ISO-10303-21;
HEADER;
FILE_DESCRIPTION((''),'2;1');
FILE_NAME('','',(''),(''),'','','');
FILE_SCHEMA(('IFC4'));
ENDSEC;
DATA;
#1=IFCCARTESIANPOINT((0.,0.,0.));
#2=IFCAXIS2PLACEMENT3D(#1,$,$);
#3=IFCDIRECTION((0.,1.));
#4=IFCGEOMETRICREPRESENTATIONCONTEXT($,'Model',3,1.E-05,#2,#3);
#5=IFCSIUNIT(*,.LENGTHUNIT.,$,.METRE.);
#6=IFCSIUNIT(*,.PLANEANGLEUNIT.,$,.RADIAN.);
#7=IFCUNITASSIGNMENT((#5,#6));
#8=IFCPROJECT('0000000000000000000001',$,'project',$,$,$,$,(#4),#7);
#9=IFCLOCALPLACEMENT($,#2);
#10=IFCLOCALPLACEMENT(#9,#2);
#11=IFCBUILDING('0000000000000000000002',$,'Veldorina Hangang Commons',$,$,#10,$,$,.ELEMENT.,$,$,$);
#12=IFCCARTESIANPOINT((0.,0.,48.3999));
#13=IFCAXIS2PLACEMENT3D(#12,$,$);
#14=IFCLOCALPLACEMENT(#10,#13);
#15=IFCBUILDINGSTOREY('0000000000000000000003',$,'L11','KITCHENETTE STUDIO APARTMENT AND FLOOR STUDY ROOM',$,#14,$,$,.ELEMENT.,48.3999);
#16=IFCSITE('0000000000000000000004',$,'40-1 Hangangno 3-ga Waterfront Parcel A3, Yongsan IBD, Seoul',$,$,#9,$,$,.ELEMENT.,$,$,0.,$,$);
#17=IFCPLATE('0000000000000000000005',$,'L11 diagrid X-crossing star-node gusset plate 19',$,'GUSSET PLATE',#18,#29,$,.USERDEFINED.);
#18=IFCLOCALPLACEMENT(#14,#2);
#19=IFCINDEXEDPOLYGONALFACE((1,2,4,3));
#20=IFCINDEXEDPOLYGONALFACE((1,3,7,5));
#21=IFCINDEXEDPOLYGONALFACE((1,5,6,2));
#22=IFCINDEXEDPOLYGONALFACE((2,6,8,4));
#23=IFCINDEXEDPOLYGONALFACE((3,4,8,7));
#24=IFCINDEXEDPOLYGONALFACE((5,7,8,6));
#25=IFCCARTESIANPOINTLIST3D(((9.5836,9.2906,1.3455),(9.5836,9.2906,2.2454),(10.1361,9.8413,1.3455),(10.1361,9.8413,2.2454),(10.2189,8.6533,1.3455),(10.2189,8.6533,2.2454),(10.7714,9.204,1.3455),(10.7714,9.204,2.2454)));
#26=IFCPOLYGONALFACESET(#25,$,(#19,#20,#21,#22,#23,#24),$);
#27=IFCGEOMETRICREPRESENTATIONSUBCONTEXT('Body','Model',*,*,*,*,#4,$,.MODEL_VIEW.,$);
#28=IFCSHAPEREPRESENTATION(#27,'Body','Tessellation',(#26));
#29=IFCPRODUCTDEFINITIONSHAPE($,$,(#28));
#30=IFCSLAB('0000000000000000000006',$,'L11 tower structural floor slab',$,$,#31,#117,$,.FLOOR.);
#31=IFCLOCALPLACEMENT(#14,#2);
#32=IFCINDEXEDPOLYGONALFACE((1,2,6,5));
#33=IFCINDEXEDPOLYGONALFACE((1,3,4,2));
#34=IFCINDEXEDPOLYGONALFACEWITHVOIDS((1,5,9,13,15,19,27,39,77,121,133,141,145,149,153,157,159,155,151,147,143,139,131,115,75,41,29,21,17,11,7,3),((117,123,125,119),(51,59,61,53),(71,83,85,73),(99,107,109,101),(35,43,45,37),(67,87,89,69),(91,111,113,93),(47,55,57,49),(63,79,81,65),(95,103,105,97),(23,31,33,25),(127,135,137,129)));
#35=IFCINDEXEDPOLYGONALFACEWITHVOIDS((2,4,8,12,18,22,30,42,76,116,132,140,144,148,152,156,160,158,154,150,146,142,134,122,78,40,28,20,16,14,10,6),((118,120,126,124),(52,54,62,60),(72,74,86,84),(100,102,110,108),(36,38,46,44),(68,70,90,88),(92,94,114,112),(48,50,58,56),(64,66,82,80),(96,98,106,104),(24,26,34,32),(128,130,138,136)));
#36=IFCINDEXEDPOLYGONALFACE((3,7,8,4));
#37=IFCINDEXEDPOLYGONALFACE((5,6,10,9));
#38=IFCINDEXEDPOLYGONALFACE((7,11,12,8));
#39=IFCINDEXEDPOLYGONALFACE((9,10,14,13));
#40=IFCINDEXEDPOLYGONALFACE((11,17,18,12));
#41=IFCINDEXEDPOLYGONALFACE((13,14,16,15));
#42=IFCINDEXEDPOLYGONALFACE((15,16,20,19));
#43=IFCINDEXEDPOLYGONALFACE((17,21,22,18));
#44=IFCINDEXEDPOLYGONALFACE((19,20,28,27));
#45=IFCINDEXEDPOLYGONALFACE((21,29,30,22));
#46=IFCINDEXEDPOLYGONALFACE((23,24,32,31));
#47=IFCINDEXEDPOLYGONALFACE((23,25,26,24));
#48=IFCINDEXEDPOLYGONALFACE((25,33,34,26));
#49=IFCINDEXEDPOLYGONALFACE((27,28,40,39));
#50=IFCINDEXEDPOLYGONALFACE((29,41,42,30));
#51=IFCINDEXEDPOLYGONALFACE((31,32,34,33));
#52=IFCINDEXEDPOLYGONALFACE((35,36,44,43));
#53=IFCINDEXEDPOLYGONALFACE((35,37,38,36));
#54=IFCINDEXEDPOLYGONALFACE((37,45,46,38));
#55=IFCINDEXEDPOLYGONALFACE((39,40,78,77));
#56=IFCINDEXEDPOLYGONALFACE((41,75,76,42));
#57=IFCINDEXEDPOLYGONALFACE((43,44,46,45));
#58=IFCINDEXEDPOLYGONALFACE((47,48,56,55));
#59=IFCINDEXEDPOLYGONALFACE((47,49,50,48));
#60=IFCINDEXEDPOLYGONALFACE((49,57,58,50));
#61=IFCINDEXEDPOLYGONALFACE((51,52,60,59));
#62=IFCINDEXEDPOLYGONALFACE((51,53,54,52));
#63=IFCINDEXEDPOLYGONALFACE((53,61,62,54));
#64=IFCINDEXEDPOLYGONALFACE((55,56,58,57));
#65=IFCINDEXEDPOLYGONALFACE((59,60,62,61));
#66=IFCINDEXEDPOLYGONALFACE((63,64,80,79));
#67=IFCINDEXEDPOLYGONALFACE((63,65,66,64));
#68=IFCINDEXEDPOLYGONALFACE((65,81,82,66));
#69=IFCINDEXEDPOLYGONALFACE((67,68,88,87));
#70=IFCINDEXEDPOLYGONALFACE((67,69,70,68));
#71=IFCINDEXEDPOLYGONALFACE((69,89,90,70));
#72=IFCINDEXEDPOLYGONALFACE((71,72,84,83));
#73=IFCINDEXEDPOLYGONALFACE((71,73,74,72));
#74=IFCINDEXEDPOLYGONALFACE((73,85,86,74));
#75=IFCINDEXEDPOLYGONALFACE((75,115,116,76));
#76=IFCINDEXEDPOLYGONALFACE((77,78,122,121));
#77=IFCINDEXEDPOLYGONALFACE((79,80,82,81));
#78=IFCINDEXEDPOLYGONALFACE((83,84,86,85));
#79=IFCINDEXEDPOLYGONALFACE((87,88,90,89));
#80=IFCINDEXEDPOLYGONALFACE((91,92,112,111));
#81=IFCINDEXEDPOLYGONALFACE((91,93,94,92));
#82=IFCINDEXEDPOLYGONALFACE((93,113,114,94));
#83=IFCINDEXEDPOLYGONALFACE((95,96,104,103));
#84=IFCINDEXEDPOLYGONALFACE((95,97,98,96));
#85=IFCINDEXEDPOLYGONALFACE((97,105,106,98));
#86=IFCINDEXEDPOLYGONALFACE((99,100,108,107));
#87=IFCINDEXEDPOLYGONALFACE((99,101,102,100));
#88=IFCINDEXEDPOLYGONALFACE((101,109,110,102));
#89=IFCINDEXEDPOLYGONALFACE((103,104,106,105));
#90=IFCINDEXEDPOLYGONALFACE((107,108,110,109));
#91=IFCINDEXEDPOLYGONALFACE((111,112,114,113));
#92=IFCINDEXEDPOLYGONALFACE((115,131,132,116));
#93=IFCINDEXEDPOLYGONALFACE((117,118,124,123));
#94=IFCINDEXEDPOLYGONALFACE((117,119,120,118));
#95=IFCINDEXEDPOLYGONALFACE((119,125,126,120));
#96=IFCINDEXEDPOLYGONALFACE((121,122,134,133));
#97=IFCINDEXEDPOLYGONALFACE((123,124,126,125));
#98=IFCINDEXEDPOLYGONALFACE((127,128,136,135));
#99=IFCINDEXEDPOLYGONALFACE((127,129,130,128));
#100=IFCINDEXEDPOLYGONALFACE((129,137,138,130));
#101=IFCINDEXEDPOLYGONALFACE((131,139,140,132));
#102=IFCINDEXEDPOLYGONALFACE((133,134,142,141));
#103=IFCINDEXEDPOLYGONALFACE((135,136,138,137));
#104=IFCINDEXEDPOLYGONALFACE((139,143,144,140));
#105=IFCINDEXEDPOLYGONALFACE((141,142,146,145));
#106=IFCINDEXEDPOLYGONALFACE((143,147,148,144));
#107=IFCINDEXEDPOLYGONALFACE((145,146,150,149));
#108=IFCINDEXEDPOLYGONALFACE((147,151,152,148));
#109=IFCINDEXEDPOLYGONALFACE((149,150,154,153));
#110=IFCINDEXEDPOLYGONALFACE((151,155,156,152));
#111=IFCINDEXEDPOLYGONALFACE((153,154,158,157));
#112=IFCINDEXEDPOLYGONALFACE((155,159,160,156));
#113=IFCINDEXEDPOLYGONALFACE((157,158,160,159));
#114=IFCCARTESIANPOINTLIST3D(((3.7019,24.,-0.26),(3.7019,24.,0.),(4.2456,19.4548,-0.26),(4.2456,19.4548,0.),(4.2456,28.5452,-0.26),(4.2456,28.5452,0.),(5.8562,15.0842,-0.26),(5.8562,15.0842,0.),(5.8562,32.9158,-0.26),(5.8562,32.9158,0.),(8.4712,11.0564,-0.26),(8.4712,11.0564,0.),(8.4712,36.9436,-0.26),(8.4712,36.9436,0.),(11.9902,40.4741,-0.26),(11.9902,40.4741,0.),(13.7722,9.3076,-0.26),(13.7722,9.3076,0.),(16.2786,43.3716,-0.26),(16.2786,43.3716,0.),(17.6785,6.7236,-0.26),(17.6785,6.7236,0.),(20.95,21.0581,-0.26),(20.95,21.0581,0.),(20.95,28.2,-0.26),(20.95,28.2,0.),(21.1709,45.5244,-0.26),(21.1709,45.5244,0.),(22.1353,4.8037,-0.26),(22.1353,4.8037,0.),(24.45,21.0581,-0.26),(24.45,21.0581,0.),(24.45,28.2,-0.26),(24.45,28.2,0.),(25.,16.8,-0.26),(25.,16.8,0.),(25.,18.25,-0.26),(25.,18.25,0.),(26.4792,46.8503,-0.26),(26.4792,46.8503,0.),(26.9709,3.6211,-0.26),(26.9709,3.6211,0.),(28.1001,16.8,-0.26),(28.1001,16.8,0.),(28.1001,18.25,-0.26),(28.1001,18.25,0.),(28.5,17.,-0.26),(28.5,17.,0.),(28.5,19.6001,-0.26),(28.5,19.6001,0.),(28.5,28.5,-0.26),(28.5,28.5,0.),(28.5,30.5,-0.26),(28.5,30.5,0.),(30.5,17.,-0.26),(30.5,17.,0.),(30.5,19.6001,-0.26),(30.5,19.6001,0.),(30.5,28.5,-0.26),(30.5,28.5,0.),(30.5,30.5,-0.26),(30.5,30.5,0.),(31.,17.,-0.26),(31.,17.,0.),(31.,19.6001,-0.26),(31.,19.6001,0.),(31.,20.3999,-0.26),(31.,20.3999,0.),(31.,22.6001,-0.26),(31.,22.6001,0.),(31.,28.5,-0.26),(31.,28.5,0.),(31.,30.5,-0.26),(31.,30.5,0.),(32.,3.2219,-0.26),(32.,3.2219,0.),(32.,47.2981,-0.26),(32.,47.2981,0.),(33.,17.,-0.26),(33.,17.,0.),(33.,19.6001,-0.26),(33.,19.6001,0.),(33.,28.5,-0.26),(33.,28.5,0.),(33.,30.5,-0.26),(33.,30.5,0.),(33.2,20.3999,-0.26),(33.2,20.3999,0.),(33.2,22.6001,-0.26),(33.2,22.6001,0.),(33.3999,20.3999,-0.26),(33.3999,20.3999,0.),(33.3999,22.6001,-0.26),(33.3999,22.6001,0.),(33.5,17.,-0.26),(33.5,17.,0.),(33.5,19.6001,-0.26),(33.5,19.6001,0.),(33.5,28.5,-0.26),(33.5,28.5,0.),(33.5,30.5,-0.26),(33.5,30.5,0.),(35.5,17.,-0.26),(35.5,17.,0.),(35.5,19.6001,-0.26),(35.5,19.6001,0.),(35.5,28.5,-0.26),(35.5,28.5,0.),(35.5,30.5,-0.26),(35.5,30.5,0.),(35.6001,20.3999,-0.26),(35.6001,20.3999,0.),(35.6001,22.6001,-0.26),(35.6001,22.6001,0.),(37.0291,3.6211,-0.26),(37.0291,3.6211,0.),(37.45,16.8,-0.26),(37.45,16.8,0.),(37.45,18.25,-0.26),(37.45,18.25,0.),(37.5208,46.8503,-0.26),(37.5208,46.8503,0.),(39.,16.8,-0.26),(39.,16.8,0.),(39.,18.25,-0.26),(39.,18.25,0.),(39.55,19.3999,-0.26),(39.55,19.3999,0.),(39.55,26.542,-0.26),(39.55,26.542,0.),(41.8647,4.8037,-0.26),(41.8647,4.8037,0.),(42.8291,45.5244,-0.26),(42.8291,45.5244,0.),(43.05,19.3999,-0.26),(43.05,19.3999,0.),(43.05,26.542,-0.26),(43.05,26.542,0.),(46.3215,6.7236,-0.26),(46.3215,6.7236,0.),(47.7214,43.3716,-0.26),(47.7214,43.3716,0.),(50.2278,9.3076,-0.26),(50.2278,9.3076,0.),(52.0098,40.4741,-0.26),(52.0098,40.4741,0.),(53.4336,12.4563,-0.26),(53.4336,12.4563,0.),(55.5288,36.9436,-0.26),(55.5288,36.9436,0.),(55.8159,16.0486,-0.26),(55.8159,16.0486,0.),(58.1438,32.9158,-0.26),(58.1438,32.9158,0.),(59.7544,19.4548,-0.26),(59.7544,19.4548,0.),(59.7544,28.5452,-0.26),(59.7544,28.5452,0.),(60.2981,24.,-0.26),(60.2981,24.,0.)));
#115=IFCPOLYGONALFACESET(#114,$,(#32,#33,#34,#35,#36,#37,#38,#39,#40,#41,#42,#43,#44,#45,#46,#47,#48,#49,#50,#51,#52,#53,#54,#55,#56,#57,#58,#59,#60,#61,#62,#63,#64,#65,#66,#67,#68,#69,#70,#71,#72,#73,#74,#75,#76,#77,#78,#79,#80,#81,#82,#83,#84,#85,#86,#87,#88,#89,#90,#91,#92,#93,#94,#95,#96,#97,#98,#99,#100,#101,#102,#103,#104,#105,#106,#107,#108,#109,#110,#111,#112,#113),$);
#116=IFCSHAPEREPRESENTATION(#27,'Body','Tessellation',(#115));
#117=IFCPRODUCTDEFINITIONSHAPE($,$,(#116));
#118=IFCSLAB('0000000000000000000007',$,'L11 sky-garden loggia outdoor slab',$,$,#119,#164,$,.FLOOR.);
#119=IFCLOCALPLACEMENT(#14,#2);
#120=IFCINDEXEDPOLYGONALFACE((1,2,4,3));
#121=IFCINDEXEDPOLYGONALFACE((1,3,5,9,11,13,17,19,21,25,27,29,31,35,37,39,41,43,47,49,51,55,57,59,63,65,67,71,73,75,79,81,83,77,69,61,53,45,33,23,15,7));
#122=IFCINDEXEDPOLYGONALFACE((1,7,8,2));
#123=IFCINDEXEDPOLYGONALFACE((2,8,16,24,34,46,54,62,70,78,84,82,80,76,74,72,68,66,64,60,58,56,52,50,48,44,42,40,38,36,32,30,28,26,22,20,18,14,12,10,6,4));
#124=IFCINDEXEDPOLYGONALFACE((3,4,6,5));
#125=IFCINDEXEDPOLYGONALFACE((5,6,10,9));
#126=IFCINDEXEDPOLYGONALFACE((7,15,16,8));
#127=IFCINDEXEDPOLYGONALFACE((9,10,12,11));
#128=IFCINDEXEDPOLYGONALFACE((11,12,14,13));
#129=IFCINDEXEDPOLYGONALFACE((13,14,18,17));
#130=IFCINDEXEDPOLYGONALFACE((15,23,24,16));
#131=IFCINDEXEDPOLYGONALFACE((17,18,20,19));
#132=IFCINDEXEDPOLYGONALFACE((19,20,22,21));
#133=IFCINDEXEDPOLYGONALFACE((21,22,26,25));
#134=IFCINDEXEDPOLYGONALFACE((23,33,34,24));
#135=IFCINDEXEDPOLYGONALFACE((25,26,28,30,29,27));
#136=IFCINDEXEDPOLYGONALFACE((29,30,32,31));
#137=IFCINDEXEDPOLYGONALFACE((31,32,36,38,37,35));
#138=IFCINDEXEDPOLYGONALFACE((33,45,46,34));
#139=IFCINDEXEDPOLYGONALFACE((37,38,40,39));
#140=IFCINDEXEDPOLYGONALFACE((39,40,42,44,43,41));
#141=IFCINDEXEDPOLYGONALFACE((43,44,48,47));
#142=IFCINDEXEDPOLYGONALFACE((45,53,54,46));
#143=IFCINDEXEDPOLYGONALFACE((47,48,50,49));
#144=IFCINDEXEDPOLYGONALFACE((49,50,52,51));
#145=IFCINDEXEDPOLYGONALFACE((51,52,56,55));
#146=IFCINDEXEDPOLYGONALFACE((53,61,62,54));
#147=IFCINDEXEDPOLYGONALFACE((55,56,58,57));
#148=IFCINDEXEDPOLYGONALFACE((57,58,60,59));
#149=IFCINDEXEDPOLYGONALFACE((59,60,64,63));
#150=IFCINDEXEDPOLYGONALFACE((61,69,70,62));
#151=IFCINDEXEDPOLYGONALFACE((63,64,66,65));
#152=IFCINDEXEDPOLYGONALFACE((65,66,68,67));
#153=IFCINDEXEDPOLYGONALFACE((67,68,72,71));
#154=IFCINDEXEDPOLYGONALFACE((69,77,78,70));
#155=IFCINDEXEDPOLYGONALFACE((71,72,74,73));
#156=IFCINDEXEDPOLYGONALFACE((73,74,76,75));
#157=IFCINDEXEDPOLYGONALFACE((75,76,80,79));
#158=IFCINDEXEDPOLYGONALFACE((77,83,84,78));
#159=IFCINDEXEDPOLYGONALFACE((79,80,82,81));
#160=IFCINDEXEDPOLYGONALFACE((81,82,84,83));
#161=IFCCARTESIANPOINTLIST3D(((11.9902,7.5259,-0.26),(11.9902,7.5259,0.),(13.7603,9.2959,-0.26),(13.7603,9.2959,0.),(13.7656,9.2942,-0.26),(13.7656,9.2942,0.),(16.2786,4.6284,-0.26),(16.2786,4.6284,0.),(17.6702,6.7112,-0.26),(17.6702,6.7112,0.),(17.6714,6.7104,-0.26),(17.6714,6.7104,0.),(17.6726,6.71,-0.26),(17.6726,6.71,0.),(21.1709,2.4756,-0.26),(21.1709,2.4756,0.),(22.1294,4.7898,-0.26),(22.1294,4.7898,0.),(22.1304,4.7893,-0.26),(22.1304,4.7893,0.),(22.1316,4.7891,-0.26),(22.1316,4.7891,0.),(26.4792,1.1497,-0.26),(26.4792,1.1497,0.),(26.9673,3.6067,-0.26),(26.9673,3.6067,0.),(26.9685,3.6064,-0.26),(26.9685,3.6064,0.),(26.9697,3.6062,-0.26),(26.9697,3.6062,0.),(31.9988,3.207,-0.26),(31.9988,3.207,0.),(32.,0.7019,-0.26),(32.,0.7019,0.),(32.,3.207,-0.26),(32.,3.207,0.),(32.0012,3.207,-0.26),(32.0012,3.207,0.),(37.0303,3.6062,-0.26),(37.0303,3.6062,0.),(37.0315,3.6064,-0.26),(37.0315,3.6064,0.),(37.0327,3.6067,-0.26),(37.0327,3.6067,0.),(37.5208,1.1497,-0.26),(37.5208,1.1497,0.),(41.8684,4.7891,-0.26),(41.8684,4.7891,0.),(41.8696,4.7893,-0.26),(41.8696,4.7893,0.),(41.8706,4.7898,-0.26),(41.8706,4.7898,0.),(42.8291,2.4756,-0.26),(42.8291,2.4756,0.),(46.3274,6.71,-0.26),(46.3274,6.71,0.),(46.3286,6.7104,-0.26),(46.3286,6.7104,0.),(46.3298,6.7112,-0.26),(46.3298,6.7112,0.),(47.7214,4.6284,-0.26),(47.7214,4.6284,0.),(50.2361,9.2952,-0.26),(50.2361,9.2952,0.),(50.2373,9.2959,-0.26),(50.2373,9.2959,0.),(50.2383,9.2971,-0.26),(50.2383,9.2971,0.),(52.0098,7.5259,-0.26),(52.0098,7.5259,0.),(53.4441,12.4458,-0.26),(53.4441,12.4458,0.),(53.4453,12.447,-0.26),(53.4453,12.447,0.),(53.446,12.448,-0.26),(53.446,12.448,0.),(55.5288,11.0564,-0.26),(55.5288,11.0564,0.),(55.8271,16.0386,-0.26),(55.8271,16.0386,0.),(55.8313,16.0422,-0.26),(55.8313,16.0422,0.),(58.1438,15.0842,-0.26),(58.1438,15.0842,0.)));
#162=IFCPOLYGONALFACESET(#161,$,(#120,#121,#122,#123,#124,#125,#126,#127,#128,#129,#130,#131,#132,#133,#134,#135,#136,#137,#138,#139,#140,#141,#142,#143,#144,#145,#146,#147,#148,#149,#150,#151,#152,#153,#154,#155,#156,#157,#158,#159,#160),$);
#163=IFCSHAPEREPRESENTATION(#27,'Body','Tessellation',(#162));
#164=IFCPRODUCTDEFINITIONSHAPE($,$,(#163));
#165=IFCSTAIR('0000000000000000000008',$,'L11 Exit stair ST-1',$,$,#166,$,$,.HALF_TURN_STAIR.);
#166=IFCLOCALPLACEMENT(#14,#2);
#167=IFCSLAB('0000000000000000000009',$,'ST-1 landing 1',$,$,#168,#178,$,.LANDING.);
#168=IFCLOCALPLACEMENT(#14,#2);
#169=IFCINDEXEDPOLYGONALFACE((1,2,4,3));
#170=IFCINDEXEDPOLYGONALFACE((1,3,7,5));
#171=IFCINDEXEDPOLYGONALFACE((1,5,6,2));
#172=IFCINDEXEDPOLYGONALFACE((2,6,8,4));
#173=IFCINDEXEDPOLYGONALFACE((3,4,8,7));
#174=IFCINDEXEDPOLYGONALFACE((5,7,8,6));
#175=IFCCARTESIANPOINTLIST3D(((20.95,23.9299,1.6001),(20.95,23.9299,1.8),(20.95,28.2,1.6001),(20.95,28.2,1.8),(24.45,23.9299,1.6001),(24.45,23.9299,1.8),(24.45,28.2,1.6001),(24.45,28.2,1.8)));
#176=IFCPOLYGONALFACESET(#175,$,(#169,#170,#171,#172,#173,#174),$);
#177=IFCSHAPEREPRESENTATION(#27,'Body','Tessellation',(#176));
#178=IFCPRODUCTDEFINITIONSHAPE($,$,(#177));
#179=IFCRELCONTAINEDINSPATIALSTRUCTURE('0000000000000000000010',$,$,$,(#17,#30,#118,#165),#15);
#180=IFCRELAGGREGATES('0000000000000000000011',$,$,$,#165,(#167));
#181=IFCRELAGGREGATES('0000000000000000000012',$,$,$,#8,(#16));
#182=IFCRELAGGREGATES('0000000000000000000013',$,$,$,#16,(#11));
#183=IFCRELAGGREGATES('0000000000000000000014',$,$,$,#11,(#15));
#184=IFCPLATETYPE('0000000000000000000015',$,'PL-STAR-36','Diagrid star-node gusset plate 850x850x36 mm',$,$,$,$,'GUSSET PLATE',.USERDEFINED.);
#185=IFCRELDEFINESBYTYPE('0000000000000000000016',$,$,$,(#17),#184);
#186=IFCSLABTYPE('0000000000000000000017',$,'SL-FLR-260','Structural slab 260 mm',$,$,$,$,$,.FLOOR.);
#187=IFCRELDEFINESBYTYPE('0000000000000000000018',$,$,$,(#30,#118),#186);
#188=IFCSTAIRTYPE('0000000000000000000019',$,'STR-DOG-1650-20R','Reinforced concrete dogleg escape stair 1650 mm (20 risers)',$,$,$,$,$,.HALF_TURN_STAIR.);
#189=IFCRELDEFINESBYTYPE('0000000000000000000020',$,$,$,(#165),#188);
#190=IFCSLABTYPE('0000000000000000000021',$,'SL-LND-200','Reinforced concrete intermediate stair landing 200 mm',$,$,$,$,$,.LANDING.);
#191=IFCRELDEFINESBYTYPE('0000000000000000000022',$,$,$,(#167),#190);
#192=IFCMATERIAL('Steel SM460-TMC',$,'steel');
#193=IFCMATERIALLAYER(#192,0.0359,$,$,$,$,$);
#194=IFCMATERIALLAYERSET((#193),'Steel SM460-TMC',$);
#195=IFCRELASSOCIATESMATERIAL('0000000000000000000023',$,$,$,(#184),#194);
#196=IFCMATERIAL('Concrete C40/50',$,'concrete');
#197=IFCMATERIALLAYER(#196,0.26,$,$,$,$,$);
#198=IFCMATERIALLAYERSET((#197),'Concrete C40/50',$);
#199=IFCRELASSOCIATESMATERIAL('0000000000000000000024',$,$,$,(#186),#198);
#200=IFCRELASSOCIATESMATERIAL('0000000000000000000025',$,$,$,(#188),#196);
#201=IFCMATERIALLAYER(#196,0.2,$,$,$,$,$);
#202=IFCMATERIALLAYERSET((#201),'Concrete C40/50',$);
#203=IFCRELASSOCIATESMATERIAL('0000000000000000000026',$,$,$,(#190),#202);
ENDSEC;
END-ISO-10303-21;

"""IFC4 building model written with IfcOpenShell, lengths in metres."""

from ifc_helpers import new_model, si_unit, direction, frame, origin, origin_2d, place, context, subcontext, project, spatial, polyline, rectangle, outline, extrude, material, layer, layer_set, type_object, element, aggregate, save


model = new_model("IFC4")

# Units and contexts
model_context = context("Model", 3, precision=1e-05, world=origin(), true_north=direction((0.0, 1.0)))
body_context = subcontext(model_context, "Body", "Model", "MODEL_VIEW")
ifc_project = project(units=[si_unit("LENGTHUNIT", "METRE"), si_unit("PLANEANGLEUNIT", "RADIAN")], contexts=[model_context])

# Site, building, storey
site_placement = place(None, origin())
site = spatial("IfcSite", under=ifc_project, at=site_placement, Name="40-1 Hangangno 3-ga Waterfront Parcel A3, Yongsan IBD, Seoul", CompositionType="ELEMENT", RefElevation=0.0)
building_placement = place(site_placement, origin())
building = spatial("IfcBuilding", under=site, at=building_placement, Name="Veldorina Hangang Commons", CompositionType="ELEMENT")
storey_placement = place(building_placement, frame((0.0, 0.0, 48.3999)))
storey = spatial("IfcBuildingStorey", under=building, at=storey_placement, Name="L11", Description="KITCHENETTE STUDIO APARTMENT AND FLOOR STUDY ROOM", CompositionType="ELEMENT", Elevation=48.3999)

# Shared definitions
ifc_material_1 = material(Name="Steel SM460-TMC", Category="steel")

# Plate
ifc_layer_1 = layer(ifc_material_1, 0.0359)
ifc_layer_set_1 = layer_set([ifc_layer_1], Name="Steel SM460-TMC")
plate_type = type_object("IfcPlateType", Name="PL-STAR-36", Description="Diagrid star-node gusset plate 850x850x36 mm", ElementType="GUSSET PLATE", PredefinedType="USERDEFINED", material=ifc_layer_set_1)
plate_1_placement = place(storey_placement, frame((10.1775, 9.2473, 1.3455), z_axis=(0.0, 0.0, 1.0), x_axis=(0.70597, -0.708241, 0.0)))
element("IfcPlate", 1, at=plate_1_placement, inside=storey, type_object=plate_type, Name="L11 diagrid X-crossing star-node gusset plate 19", ObjectType="GUSSET PLATE", PredefinedType="USERDEFINED", context=body_context, shape_type="SweptSolid", body=[
    extrude(rectangle(XDim=0.8999, YDim=0.78, at=origin_2d()), origin(), (0.0, 0.0, 1.0), 0.8999),
])

# Slabs
ifc_material_2 = material(Name="Concrete C40/50", Category="concrete")
ifc_layer_2 = layer(ifc_material_2, 0.26)
ifc_layer_set_2 = layer_set([ifc_layer_2], Name="Concrete C40/50")
slab_type_1 = type_object("IfcSlabType", Name="SL-FLR-260", Description="Structural slab 260 mm", PredefinedType="FLOOR", material=ifc_layer_set_2)
slab_1_placement = place(storey_placement, frame((0.0, 0.0, -0.26)))
element("IfcSlab", 2, at=slab_1_placement, inside=storey, type_object=slab_type_1, Name="L11 tower structural floor slab", PredefinedType="FLOOR", context=body_context, shape_type="SweptSolid", body=[
    extrude(outline(polyline([(60.2981, 24.0), (59.7544, 28.5452), (58.1438, 32.9158), (55.5288, 36.9436), (52.0098, 40.4741), (47.7214, 43.3716), (42.8291, 45.5244), (37.5208, 46.8503), (32.0, 47.2981), (26.4792, 46.8503), (21.1709, 45.5244), (16.2786, 43.3716), (11.9902, 40.4741), (8.4712, 36.9436), (5.8562, 32.9158), (4.2456, 28.5452), (3.7019, 24.0), (4.2456, 19.4548), (5.8562, 15.0842), (8.4712, 11.0564), (13.7722, 9.3076), (17.6785, 6.7236), (22.1353, 4.8037), (26.9709, 3.6211), (32.0, 3.2219), (37.0291, 3.6211), (41.8647, 4.8037), (46.3215, 6.7236), (50.2278, 9.3076), (53.4336, 12.4563), (55.8159, 16.0486), (59.7544, 19.4548), (60.2981, 24.0)]), holes=[polyline([(20.95, 21.0581), (20.95, 28.2), (24.45, 28.2), (24.45, 21.0581), (20.95, 21.0581)]), polyline([(43.05, 26.542), (43.05, 19.3999), (39.55, 19.3999), (39.55, 26.542), (43.05, 26.542)]), polyline([(28.5, 30.5), (30.5, 30.5), (30.5, 28.5), (28.5, 28.5), (28.5, 30.5)]), polyline([(31.0, 30.5), (33.0, 30.5), (33.0, 28.5), (31.0, 28.5), (31.0, 30.5)]), polyline([(33.5, 30.5), (35.5, 30.5), (35.5, 28.5), (33.5, 28.5), (33.5, 30.5)]), polyline([(31.0, 22.6001), (33.2, 22.6001), (33.2, 20.3999), (31.0, 20.3999), (31.0, 22.6001)]), polyline([(33.3999, 22.6001), (35.6001, 22.6001), (35.6001, 20.3999), (33.3999, 20.3999), (33.3999, 22.6001)]), polyline([(28.5, 19.6001), (30.5, 19.6001), (30.5, 17.0), (28.5, 17.0), (28.5, 19.6001)]), polyline([(31.0, 19.6001), (33.0, 19.6001), (33.0, 17.0), (31.0, 17.0), (31.0, 19.6001)]), polyline([(33.5, 19.6001), (35.5, 19.6001), (35.5, 17.0), (33.5, 17.0), (33.5, 19.6001)]), polyline([(25.0, 18.25), (28.1001, 18.25), (28.1001, 16.8), (25.0, 16.8), (25.0, 18.25)]), polyline([(37.45, 18.25), (39.0, 18.25), (39.0, 16.8), (37.45, 16.8), (37.45, 18.25)])]), origin(), (0.0, 0.0, 1.0), 0.26),
])
slab_2_placement = place(storey_placement, frame((0.0, 0.0, -0.26)))
element("IfcSlab", 3, at=slab_2_placement, inside=storey, type_object=slab_type_1, Name="L11 sky-garden loggia outdoor slab", PredefinedType="FLOOR", context=body_context, shape_type="SweptSolid", body=[
    extrude(outline(polyline([(58.1438, 15.0842), (55.5288, 11.0564), (52.0098, 7.5259), (47.7214, 4.6284), (42.8291, 2.4756), (37.5208, 1.1497), (32.0, 0.7019), (26.4792, 1.1497), (21.1709, 2.4756), (16.2786, 4.6284), (11.9902, 7.5259), (13.7603, 9.2959), (13.7656, 9.2942), (17.6702, 6.7112), (17.6714, 6.7104), (17.6726, 6.71), (22.1294, 4.7898), (22.1304, 4.7893), (22.1316, 4.7891), (26.9673, 3.6067), (26.9685, 3.6064), (26.9697, 3.6062), (31.9988, 3.207), (32.0, 3.207), (32.0012, 3.207), (37.0303, 3.6062), (37.0315, 3.6064), (37.0327, 3.6067), (41.8684, 4.7891), (41.8696, 4.7893), (41.8706, 4.7898), (46.3274, 6.71), (46.3286, 6.7104), (46.3298, 6.7112), (50.2361, 9.2952), (50.2373, 9.2959), (50.2383, 9.2971), (53.4441, 12.4458), (53.4453, 12.447), (53.446, 12.448), (55.8271, 16.0386), (55.8313, 16.0422), (58.1438, 15.0842)])), origin(), (0.0, 0.0, 1.0), 0.26),
])

# Stair, slab
stair_type = type_object("IfcStairType", Name="STR-DOG-1650-20R", Description="Reinforced concrete dogleg escape stair 1650 mm (20 risers)", PredefinedType="HALF_TURN_STAIR", material=ifc_material_2)
stair_1_placement = place(storey_placement, origin())
stair_1 = element("IfcStair", 4, at=stair_1_placement, inside=storey, type_object=stair_type, Name="L11 Exit stair ST-1", PredefinedType="HALF_TURN_STAIR")
ifc_layer_3 = layer(ifc_material_2, 0.2)
ifc_layer_set_3 = layer_set([ifc_layer_3], Name="Concrete C40/50")
slab_type_2 = type_object("IfcSlabType", Name="SL-LND-200", Description="Reinforced concrete intermediate stair landing 200 mm", PredefinedType="LANDING", material=ifc_layer_set_3)
slab_3_placement = place(storey_placement, frame((0.0, 0.0, 1.6001)))
slab_3 = element("IfcSlab", 5, at=slab_3_placement, type_object=slab_type_2, Name="ST-1 landing 1", PredefinedType="LANDING", context=body_context, shape_type="SweptSolid", body=[
    extrude(outline(polyline([(24.45, 23.9299), (24.45, 28.2), (20.95, 28.2), (20.95, 23.9299), (24.45, 23.9299)])), origin(), (0.0, 0.0, 1.0), 0.2),
])
aggregate(stair_1, [slab_3])

save(model, "model.ifc")
